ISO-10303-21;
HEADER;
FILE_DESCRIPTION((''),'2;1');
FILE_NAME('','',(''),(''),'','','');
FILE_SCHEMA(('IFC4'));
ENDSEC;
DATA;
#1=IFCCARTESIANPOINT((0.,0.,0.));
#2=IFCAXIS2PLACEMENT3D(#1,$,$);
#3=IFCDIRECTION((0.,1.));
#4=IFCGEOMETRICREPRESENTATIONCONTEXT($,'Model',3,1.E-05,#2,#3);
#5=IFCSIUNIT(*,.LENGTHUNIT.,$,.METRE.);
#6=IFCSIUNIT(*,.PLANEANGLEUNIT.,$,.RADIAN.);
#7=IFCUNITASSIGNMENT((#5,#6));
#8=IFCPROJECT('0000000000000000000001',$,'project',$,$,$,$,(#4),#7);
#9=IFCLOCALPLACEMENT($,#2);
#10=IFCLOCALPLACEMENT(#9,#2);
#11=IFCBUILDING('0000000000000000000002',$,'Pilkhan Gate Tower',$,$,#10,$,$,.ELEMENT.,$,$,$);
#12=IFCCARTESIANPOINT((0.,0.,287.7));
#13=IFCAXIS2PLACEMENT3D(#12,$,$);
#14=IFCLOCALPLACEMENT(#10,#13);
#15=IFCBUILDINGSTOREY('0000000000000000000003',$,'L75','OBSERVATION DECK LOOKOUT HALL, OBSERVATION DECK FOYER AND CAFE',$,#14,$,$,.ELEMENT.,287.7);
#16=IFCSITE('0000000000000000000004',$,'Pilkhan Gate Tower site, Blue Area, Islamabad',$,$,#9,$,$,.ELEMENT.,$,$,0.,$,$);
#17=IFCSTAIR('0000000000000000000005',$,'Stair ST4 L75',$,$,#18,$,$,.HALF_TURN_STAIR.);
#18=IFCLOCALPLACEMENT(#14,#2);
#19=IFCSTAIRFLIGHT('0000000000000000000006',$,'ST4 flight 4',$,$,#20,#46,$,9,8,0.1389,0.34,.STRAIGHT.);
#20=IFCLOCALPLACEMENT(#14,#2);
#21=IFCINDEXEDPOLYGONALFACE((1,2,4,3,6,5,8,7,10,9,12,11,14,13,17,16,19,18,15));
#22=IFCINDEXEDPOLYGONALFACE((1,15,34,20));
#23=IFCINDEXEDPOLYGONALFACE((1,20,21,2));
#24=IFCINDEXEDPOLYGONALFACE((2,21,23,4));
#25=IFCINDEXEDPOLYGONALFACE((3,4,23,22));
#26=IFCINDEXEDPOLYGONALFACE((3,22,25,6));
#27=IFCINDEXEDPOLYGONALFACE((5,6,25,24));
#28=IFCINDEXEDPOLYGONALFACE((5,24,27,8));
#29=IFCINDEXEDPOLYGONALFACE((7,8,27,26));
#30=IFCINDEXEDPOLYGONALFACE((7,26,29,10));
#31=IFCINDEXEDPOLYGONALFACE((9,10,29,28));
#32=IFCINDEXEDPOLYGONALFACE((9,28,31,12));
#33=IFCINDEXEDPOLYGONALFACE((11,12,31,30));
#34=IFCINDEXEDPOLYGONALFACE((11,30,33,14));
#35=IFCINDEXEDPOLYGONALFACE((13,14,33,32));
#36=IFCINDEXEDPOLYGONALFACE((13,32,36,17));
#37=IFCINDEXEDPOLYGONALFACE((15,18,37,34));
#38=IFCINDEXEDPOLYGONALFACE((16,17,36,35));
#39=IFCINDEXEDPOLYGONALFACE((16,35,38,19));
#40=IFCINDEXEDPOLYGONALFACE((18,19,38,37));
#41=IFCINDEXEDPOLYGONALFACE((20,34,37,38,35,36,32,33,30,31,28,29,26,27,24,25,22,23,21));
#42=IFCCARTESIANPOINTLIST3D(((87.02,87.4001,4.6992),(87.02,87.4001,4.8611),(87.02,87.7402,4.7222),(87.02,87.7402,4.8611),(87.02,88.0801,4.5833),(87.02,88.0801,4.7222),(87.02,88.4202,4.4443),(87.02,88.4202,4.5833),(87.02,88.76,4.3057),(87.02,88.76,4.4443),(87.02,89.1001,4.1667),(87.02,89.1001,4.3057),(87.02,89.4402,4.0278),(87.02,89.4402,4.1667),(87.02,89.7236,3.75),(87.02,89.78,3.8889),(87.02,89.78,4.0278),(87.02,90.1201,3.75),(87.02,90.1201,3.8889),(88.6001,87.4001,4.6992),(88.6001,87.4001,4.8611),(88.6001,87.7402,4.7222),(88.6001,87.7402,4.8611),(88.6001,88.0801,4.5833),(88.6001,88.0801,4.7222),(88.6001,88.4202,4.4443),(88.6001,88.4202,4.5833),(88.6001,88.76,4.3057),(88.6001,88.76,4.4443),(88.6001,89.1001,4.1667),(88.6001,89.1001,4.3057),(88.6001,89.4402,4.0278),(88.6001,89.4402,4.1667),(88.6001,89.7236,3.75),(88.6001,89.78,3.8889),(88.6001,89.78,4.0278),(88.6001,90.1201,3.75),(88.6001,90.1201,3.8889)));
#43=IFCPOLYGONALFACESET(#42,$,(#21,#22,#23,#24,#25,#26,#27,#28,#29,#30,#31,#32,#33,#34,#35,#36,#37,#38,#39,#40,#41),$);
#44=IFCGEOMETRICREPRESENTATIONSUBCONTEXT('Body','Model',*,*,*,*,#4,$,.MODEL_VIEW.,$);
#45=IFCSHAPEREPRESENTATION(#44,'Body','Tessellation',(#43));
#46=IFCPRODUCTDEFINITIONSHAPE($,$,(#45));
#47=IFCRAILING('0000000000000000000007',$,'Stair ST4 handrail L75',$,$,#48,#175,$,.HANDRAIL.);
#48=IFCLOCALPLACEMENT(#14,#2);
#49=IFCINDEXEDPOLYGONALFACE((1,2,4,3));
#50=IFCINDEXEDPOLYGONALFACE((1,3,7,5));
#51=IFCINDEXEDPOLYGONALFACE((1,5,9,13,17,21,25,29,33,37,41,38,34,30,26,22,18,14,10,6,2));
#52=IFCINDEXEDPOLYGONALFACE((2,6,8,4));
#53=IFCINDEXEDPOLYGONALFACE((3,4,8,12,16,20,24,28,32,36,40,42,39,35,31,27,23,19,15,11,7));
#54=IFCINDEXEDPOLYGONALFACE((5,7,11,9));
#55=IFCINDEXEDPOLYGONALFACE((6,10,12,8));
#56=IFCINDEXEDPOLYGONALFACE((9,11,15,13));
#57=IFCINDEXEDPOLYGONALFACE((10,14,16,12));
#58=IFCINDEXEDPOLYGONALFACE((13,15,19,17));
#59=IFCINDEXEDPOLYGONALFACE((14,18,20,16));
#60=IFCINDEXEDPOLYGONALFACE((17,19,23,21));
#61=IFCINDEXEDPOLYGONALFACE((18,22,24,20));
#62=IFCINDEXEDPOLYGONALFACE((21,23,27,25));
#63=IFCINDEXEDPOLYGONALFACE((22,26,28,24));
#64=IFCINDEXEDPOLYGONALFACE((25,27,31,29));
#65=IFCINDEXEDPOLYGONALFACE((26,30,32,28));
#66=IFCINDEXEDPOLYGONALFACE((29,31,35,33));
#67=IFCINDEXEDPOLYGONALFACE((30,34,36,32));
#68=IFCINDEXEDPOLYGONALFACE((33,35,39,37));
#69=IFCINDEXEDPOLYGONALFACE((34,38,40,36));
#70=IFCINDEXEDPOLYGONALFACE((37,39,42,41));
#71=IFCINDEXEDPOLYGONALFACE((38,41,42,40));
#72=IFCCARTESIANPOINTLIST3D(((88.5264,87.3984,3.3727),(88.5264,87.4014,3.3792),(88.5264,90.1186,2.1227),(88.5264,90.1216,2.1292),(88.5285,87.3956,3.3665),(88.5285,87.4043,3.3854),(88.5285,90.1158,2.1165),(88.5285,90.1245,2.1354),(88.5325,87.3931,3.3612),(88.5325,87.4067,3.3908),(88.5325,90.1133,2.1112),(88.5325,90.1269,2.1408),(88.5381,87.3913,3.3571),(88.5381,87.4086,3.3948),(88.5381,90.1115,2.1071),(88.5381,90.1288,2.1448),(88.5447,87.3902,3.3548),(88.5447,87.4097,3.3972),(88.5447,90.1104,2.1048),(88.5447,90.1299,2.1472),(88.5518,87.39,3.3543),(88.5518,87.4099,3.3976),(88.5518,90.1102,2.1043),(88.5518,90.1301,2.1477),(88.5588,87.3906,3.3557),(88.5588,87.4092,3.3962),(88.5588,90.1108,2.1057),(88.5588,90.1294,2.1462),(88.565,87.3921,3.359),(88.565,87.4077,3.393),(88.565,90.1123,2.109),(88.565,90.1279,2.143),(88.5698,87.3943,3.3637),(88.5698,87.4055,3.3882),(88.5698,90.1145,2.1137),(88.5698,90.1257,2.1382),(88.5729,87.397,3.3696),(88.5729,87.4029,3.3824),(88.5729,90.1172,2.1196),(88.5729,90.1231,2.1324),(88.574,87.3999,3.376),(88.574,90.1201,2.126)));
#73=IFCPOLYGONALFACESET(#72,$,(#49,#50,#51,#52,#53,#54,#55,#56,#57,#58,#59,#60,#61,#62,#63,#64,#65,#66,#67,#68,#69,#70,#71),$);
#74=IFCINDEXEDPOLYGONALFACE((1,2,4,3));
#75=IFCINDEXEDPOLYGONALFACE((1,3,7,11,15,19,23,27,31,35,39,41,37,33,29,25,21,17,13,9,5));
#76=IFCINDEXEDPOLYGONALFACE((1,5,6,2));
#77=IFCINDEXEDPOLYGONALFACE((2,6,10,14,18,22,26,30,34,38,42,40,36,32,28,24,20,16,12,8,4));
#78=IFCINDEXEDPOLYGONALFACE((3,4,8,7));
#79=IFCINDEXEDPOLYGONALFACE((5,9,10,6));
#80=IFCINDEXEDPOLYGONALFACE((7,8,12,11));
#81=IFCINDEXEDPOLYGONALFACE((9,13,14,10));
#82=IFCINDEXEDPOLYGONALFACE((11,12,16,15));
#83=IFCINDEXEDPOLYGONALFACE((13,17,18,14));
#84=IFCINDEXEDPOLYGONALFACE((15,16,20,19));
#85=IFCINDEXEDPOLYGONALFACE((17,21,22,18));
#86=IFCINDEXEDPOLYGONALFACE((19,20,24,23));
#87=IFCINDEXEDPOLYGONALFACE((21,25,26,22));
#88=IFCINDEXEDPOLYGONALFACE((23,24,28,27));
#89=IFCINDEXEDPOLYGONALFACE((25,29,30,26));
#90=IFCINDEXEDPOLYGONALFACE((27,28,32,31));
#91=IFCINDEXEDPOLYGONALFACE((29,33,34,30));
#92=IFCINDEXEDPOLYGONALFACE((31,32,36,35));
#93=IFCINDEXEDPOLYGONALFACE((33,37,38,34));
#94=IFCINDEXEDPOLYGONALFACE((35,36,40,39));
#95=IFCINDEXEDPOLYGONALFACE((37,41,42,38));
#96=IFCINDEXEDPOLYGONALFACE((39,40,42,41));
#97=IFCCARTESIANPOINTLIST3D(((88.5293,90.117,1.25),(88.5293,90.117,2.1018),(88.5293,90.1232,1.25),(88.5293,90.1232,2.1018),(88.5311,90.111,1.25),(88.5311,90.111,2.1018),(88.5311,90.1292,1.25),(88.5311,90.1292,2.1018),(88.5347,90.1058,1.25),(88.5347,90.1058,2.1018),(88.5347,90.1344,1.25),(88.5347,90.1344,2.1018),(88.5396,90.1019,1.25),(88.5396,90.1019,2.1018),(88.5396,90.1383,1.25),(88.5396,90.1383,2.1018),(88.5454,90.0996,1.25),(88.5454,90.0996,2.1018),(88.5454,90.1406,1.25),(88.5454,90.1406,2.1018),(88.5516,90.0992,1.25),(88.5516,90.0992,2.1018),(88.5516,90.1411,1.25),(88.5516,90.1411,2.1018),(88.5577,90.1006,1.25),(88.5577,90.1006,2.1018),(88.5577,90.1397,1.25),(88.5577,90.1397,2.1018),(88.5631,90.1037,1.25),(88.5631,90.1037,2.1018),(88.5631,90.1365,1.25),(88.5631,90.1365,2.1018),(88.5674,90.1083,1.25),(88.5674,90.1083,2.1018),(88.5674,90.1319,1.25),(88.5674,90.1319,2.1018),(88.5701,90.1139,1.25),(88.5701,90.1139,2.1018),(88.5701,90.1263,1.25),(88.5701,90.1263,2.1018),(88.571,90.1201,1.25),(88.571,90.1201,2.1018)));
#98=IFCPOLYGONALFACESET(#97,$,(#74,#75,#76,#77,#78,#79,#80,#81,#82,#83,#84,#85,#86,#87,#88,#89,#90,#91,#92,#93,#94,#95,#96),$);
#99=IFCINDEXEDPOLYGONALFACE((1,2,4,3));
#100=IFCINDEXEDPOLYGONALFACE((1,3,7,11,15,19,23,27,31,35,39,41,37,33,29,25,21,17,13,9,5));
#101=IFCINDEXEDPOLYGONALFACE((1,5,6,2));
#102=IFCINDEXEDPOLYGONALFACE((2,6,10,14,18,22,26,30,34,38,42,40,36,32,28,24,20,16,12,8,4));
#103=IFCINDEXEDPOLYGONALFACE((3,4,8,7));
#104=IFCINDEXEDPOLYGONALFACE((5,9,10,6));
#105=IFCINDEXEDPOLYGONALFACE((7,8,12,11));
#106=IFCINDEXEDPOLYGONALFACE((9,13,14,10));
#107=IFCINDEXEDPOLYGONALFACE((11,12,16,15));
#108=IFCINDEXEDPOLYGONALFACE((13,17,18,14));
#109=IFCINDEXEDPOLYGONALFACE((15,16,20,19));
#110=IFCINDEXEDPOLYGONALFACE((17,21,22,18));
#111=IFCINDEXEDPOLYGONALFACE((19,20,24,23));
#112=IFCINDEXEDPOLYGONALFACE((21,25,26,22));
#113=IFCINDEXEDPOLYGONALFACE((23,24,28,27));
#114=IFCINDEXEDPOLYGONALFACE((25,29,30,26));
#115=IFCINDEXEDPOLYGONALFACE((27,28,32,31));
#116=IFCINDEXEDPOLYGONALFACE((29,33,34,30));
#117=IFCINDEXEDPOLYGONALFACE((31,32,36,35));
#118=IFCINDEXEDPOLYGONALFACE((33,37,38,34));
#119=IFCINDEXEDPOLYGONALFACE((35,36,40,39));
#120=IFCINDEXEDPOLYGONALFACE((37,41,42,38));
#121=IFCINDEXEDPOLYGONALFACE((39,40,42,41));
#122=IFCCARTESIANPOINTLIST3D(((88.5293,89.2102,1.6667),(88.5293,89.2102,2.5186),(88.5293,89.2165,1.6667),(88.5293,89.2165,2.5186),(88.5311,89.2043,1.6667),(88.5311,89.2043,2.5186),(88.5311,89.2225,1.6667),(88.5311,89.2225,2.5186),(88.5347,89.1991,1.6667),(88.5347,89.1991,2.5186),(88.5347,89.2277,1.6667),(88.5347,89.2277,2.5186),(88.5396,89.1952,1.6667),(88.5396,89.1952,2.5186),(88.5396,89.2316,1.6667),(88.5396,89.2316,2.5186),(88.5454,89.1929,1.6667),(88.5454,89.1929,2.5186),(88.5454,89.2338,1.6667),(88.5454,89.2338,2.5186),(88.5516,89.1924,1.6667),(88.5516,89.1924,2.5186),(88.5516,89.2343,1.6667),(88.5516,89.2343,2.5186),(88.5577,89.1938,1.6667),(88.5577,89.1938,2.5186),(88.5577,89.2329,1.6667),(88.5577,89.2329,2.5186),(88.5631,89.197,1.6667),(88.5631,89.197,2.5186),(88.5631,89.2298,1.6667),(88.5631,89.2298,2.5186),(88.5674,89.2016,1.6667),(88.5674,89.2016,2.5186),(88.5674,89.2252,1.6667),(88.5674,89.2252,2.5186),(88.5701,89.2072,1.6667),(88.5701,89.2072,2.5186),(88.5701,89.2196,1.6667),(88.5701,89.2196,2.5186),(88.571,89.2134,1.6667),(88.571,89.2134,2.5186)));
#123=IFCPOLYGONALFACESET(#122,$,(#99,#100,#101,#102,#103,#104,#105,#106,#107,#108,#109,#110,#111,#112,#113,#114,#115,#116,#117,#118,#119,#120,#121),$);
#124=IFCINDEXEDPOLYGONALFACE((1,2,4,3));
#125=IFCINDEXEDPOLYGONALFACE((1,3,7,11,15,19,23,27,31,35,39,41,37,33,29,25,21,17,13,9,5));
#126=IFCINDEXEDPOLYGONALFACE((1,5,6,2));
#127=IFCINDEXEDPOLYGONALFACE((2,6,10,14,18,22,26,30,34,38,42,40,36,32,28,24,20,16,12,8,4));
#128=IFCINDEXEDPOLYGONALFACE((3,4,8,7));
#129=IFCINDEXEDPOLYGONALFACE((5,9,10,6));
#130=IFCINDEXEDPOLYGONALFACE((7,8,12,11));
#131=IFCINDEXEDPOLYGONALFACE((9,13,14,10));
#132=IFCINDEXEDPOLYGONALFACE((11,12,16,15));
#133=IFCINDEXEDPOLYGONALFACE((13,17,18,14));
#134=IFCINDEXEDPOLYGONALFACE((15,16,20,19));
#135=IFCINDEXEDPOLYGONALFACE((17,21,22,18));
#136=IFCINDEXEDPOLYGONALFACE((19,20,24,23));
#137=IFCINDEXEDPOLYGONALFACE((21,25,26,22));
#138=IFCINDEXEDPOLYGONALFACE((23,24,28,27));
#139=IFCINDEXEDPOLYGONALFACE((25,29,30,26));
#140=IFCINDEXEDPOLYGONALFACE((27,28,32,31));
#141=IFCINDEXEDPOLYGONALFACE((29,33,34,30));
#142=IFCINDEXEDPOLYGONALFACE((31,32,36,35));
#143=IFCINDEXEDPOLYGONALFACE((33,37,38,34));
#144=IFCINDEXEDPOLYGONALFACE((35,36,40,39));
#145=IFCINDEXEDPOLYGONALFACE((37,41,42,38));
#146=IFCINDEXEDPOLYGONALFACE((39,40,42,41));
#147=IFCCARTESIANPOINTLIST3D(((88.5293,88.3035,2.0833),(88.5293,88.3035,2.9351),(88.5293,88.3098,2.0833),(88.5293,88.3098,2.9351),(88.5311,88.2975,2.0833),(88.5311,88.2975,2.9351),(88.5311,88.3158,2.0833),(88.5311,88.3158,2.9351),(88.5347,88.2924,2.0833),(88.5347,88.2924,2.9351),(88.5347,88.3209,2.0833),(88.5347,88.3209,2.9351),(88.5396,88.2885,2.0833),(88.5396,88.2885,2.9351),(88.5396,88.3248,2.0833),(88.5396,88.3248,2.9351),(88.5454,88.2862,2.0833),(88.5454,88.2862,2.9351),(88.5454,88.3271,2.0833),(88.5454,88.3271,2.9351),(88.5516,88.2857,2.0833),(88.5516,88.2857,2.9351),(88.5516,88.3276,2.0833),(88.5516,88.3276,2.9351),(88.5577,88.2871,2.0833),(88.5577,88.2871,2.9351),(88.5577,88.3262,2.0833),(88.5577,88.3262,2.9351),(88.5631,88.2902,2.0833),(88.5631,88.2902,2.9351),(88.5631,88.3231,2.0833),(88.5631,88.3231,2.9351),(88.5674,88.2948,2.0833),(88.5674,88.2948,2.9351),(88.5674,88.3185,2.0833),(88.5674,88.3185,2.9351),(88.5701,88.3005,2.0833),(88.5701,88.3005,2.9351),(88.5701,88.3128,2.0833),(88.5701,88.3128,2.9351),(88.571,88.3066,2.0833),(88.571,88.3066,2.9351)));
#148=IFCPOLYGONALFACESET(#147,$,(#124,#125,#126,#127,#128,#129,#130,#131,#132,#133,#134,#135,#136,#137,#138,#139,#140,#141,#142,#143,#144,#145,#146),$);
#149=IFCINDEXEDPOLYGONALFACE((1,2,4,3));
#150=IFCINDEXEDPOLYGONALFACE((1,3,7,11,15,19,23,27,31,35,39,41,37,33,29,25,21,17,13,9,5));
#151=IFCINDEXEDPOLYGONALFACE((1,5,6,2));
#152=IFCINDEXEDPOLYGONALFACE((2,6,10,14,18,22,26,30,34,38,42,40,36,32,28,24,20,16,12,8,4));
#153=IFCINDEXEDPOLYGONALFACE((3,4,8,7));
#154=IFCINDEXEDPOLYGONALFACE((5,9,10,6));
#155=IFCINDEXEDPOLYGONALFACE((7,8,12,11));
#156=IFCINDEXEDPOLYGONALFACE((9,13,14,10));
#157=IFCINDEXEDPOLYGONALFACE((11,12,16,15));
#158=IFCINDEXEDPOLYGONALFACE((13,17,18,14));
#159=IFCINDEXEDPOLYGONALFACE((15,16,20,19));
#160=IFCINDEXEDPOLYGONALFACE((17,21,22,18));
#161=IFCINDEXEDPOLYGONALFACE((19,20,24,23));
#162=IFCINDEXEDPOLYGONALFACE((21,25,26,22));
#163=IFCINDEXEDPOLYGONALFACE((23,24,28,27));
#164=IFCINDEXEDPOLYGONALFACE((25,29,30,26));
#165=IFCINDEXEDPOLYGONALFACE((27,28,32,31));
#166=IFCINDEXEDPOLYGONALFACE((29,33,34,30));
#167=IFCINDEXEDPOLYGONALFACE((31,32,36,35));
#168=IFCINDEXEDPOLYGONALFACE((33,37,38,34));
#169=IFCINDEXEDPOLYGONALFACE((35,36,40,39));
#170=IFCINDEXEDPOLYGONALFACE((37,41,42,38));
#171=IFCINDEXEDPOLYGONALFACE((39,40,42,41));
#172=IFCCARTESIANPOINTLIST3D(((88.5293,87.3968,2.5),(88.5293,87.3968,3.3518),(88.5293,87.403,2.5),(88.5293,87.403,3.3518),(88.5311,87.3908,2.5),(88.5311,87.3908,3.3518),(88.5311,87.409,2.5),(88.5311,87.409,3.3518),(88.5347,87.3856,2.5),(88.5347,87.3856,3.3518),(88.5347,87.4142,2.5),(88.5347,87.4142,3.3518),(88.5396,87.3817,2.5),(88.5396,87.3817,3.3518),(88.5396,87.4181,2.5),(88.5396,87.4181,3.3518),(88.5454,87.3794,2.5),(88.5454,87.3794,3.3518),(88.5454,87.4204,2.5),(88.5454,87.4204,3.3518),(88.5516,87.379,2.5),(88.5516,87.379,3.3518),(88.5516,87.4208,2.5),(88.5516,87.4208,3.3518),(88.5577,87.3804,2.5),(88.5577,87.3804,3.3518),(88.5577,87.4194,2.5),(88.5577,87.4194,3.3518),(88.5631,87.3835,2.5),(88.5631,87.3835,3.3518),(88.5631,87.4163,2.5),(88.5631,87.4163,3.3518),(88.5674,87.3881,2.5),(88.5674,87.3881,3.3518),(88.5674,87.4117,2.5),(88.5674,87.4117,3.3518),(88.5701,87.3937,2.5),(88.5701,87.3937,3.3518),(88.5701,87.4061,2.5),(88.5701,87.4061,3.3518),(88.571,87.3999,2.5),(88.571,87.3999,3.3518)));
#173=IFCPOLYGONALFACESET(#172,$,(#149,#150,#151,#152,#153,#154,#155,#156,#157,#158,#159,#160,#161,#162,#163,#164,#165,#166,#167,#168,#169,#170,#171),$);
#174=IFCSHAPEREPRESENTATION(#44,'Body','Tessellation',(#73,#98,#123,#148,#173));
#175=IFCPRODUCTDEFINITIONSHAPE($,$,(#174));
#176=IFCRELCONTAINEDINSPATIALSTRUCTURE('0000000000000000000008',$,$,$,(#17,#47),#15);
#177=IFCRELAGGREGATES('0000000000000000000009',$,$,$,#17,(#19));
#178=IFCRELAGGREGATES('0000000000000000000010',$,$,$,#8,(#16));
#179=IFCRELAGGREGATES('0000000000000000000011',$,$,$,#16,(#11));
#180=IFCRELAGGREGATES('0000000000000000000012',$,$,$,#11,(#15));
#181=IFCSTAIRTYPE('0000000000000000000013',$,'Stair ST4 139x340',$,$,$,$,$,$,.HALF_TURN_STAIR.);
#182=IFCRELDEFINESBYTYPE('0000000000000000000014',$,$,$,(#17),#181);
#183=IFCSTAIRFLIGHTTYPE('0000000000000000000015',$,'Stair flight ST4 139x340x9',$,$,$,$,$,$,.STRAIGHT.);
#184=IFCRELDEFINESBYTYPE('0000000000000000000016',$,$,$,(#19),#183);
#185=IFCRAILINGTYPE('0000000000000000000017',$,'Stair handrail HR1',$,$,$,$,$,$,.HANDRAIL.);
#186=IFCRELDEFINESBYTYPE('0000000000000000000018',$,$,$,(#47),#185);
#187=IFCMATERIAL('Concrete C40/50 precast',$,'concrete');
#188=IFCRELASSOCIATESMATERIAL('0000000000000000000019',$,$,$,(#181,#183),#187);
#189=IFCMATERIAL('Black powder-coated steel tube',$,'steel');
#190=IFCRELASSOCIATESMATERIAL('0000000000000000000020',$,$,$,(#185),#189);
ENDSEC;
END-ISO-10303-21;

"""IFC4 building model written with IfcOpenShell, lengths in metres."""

from ifc_helpers import new_model, si_unit, direction, frame, origin, origin_2d, place, context, subcontext, project, spatial, polyline, circle, outline, extrude, material, type_object, element, aggregate, save


model = new_model("IFC4")

# Units and contexts
model_context = context("Model", 3, precision=1e-05, world=origin(), true_north=direction((0.0, 1.0)))
body_context = subcontext(model_context, "Body", "Model", "MODEL_VIEW")
ifc_project = project(units=[si_unit("LENGTHUNIT", "METRE"), si_unit("PLANEANGLEUNIT", "RADIAN")], contexts=[model_context])

# Site, building, storey
site_placement = place(None, origin())
site = spatial("IfcSite", under=ifc_project, at=site_placement, Name="Pilkhan Gate Tower site, Blue Area, Islamabad", CompositionType="ELEMENT", RefElevation=0.0)
building_placement = place(site_placement, origin())
building = spatial("IfcBuilding", under=site, at=building_placement, Name="Pilkhan Gate Tower", CompositionType="ELEMENT")
storey_placement = place(building_placement, frame((0.0, 0.0, 287.7)))
storey = spatial("IfcBuildingStorey", under=building, at=storey_placement, Name="L75", Description="OBSERVATION DECK LOOKOUT HALL, OBSERVATION DECK FOYER AND CAFE", CompositionType="ELEMENT", Elevation=287.7)

# Stair, stair flight
ifc_material_1 = material(Name="Concrete C40/50 precast", Category="concrete")
stair_type = type_object("IfcStairType", Name="Stair ST4 139x340", PredefinedType="HALF_TURN_STAIR", material=ifc_material_1)
stair_placement = place(storey_placement, origin())
stair = element("IfcStair", 1, at=stair_placement, inside=storey, type_object=stair_type, Name="Stair ST4 L75", PredefinedType="HALF_TURN_STAIR")
stair_flight_type = type_object("IfcStairFlightType", Name="Stair flight ST4 139x340x9", PredefinedType="STRAIGHT", material=ifc_material_1)
stair_flight_1_placement = place(storey_placement, frame((87.8101, 90.1201, 3.75), z_axis=(0.0, 0.0, 1.0), x_axis=(0.0, -1.0, 0.0)))
stair_flight_1 = element("IfcStairFlight", 2, at=stair_flight_1_placement, type_object=stair_flight_type, Name="ST4 flight 4", NumberOfRisers=9, NumberOfTreads=8, PredefinedType="STRAIGHT", RiserHeight=0.1389, TreadLength=0.34, context=body_context, shape_type="SweptSolid", body=[
    extrude(outline(polyline([(0.0, 0.0), (0.0, 0.1389), (0.3401, 0.1389), (0.3401, 0.2778), (0.6799, 0.2778), (0.6799, 0.4167), (1.02, 0.4167), (1.02, 0.5557), (1.3601, 0.5557), (1.3601, 0.6943), (1.7, 0.6943), (1.7, 0.8333), (2.04, 0.8333), (2.04, 0.9722), (2.3799, 0.9722), (2.3799, 1.1111), (2.72, 1.1111), (2.72, 1.25), (2.72, 0.9492), (0.3965, 0.0), (0.0, 0.0)])), frame((0.0, 0.79, 0.0), z_axis=(0.0, -1.0, 0.0), x_axis=(1.0, 0.0, 0.0)), (0.0, 0.0, 1.0), 1.5801),
])
aggregate(stair, [stair_flight_1])

# Railing
ifc_material_2 = material(Name="Black powder-coated steel tube", Category="steel")
railing_type_1 = type_object("IfcRailingType", Name="Stair handrail HR1", PredefinedType="HANDRAIL", material=ifc_material_2)
railing_1_placement = place(storey_placement, frame((88.55, 90.1201, 1.25)))
element("IfcRailing", 3, at=railing_1_placement, inside=storey, type_object=railing_type_1, Name="Stair ST4 handrail L75", PredefinedType="HANDRAIL", context=body_context, shape_type="SweptSolid", body=[
    extrude(circle(Radius=0.0239, at=origin_2d()), frame((0.0, 0.0, 0.876), z_axis=(0.0, -0.908655, 0.417547), x_axis=(1.0, 0.0, 0.0)), (0.0, 0.0, 1.0), 2.9937),
    extrude(circle(Radius=0.021, at=origin_2d()), origin(), (0.0, 0.0, 1.0), 0.8518),
    extrude(circle(Radius=0.021, at=origin_2d()), frame((0.0, -0.9067, 0.4167)), (0.0, 0.0, 1.0), 0.8518),
    extrude(circle(Radius=0.021, at=origin_2d()), frame((0.0, -1.8135, 0.8333)), (0.0, 0.0, 1.0), 0.8518),
    extrude(circle(Radius=0.021, at=origin_2d()), frame((0.0, -2.7202, 1.25)), (0.0, 0.0, 1.0), 0.8518),
])

save(model, "model.ifc")
